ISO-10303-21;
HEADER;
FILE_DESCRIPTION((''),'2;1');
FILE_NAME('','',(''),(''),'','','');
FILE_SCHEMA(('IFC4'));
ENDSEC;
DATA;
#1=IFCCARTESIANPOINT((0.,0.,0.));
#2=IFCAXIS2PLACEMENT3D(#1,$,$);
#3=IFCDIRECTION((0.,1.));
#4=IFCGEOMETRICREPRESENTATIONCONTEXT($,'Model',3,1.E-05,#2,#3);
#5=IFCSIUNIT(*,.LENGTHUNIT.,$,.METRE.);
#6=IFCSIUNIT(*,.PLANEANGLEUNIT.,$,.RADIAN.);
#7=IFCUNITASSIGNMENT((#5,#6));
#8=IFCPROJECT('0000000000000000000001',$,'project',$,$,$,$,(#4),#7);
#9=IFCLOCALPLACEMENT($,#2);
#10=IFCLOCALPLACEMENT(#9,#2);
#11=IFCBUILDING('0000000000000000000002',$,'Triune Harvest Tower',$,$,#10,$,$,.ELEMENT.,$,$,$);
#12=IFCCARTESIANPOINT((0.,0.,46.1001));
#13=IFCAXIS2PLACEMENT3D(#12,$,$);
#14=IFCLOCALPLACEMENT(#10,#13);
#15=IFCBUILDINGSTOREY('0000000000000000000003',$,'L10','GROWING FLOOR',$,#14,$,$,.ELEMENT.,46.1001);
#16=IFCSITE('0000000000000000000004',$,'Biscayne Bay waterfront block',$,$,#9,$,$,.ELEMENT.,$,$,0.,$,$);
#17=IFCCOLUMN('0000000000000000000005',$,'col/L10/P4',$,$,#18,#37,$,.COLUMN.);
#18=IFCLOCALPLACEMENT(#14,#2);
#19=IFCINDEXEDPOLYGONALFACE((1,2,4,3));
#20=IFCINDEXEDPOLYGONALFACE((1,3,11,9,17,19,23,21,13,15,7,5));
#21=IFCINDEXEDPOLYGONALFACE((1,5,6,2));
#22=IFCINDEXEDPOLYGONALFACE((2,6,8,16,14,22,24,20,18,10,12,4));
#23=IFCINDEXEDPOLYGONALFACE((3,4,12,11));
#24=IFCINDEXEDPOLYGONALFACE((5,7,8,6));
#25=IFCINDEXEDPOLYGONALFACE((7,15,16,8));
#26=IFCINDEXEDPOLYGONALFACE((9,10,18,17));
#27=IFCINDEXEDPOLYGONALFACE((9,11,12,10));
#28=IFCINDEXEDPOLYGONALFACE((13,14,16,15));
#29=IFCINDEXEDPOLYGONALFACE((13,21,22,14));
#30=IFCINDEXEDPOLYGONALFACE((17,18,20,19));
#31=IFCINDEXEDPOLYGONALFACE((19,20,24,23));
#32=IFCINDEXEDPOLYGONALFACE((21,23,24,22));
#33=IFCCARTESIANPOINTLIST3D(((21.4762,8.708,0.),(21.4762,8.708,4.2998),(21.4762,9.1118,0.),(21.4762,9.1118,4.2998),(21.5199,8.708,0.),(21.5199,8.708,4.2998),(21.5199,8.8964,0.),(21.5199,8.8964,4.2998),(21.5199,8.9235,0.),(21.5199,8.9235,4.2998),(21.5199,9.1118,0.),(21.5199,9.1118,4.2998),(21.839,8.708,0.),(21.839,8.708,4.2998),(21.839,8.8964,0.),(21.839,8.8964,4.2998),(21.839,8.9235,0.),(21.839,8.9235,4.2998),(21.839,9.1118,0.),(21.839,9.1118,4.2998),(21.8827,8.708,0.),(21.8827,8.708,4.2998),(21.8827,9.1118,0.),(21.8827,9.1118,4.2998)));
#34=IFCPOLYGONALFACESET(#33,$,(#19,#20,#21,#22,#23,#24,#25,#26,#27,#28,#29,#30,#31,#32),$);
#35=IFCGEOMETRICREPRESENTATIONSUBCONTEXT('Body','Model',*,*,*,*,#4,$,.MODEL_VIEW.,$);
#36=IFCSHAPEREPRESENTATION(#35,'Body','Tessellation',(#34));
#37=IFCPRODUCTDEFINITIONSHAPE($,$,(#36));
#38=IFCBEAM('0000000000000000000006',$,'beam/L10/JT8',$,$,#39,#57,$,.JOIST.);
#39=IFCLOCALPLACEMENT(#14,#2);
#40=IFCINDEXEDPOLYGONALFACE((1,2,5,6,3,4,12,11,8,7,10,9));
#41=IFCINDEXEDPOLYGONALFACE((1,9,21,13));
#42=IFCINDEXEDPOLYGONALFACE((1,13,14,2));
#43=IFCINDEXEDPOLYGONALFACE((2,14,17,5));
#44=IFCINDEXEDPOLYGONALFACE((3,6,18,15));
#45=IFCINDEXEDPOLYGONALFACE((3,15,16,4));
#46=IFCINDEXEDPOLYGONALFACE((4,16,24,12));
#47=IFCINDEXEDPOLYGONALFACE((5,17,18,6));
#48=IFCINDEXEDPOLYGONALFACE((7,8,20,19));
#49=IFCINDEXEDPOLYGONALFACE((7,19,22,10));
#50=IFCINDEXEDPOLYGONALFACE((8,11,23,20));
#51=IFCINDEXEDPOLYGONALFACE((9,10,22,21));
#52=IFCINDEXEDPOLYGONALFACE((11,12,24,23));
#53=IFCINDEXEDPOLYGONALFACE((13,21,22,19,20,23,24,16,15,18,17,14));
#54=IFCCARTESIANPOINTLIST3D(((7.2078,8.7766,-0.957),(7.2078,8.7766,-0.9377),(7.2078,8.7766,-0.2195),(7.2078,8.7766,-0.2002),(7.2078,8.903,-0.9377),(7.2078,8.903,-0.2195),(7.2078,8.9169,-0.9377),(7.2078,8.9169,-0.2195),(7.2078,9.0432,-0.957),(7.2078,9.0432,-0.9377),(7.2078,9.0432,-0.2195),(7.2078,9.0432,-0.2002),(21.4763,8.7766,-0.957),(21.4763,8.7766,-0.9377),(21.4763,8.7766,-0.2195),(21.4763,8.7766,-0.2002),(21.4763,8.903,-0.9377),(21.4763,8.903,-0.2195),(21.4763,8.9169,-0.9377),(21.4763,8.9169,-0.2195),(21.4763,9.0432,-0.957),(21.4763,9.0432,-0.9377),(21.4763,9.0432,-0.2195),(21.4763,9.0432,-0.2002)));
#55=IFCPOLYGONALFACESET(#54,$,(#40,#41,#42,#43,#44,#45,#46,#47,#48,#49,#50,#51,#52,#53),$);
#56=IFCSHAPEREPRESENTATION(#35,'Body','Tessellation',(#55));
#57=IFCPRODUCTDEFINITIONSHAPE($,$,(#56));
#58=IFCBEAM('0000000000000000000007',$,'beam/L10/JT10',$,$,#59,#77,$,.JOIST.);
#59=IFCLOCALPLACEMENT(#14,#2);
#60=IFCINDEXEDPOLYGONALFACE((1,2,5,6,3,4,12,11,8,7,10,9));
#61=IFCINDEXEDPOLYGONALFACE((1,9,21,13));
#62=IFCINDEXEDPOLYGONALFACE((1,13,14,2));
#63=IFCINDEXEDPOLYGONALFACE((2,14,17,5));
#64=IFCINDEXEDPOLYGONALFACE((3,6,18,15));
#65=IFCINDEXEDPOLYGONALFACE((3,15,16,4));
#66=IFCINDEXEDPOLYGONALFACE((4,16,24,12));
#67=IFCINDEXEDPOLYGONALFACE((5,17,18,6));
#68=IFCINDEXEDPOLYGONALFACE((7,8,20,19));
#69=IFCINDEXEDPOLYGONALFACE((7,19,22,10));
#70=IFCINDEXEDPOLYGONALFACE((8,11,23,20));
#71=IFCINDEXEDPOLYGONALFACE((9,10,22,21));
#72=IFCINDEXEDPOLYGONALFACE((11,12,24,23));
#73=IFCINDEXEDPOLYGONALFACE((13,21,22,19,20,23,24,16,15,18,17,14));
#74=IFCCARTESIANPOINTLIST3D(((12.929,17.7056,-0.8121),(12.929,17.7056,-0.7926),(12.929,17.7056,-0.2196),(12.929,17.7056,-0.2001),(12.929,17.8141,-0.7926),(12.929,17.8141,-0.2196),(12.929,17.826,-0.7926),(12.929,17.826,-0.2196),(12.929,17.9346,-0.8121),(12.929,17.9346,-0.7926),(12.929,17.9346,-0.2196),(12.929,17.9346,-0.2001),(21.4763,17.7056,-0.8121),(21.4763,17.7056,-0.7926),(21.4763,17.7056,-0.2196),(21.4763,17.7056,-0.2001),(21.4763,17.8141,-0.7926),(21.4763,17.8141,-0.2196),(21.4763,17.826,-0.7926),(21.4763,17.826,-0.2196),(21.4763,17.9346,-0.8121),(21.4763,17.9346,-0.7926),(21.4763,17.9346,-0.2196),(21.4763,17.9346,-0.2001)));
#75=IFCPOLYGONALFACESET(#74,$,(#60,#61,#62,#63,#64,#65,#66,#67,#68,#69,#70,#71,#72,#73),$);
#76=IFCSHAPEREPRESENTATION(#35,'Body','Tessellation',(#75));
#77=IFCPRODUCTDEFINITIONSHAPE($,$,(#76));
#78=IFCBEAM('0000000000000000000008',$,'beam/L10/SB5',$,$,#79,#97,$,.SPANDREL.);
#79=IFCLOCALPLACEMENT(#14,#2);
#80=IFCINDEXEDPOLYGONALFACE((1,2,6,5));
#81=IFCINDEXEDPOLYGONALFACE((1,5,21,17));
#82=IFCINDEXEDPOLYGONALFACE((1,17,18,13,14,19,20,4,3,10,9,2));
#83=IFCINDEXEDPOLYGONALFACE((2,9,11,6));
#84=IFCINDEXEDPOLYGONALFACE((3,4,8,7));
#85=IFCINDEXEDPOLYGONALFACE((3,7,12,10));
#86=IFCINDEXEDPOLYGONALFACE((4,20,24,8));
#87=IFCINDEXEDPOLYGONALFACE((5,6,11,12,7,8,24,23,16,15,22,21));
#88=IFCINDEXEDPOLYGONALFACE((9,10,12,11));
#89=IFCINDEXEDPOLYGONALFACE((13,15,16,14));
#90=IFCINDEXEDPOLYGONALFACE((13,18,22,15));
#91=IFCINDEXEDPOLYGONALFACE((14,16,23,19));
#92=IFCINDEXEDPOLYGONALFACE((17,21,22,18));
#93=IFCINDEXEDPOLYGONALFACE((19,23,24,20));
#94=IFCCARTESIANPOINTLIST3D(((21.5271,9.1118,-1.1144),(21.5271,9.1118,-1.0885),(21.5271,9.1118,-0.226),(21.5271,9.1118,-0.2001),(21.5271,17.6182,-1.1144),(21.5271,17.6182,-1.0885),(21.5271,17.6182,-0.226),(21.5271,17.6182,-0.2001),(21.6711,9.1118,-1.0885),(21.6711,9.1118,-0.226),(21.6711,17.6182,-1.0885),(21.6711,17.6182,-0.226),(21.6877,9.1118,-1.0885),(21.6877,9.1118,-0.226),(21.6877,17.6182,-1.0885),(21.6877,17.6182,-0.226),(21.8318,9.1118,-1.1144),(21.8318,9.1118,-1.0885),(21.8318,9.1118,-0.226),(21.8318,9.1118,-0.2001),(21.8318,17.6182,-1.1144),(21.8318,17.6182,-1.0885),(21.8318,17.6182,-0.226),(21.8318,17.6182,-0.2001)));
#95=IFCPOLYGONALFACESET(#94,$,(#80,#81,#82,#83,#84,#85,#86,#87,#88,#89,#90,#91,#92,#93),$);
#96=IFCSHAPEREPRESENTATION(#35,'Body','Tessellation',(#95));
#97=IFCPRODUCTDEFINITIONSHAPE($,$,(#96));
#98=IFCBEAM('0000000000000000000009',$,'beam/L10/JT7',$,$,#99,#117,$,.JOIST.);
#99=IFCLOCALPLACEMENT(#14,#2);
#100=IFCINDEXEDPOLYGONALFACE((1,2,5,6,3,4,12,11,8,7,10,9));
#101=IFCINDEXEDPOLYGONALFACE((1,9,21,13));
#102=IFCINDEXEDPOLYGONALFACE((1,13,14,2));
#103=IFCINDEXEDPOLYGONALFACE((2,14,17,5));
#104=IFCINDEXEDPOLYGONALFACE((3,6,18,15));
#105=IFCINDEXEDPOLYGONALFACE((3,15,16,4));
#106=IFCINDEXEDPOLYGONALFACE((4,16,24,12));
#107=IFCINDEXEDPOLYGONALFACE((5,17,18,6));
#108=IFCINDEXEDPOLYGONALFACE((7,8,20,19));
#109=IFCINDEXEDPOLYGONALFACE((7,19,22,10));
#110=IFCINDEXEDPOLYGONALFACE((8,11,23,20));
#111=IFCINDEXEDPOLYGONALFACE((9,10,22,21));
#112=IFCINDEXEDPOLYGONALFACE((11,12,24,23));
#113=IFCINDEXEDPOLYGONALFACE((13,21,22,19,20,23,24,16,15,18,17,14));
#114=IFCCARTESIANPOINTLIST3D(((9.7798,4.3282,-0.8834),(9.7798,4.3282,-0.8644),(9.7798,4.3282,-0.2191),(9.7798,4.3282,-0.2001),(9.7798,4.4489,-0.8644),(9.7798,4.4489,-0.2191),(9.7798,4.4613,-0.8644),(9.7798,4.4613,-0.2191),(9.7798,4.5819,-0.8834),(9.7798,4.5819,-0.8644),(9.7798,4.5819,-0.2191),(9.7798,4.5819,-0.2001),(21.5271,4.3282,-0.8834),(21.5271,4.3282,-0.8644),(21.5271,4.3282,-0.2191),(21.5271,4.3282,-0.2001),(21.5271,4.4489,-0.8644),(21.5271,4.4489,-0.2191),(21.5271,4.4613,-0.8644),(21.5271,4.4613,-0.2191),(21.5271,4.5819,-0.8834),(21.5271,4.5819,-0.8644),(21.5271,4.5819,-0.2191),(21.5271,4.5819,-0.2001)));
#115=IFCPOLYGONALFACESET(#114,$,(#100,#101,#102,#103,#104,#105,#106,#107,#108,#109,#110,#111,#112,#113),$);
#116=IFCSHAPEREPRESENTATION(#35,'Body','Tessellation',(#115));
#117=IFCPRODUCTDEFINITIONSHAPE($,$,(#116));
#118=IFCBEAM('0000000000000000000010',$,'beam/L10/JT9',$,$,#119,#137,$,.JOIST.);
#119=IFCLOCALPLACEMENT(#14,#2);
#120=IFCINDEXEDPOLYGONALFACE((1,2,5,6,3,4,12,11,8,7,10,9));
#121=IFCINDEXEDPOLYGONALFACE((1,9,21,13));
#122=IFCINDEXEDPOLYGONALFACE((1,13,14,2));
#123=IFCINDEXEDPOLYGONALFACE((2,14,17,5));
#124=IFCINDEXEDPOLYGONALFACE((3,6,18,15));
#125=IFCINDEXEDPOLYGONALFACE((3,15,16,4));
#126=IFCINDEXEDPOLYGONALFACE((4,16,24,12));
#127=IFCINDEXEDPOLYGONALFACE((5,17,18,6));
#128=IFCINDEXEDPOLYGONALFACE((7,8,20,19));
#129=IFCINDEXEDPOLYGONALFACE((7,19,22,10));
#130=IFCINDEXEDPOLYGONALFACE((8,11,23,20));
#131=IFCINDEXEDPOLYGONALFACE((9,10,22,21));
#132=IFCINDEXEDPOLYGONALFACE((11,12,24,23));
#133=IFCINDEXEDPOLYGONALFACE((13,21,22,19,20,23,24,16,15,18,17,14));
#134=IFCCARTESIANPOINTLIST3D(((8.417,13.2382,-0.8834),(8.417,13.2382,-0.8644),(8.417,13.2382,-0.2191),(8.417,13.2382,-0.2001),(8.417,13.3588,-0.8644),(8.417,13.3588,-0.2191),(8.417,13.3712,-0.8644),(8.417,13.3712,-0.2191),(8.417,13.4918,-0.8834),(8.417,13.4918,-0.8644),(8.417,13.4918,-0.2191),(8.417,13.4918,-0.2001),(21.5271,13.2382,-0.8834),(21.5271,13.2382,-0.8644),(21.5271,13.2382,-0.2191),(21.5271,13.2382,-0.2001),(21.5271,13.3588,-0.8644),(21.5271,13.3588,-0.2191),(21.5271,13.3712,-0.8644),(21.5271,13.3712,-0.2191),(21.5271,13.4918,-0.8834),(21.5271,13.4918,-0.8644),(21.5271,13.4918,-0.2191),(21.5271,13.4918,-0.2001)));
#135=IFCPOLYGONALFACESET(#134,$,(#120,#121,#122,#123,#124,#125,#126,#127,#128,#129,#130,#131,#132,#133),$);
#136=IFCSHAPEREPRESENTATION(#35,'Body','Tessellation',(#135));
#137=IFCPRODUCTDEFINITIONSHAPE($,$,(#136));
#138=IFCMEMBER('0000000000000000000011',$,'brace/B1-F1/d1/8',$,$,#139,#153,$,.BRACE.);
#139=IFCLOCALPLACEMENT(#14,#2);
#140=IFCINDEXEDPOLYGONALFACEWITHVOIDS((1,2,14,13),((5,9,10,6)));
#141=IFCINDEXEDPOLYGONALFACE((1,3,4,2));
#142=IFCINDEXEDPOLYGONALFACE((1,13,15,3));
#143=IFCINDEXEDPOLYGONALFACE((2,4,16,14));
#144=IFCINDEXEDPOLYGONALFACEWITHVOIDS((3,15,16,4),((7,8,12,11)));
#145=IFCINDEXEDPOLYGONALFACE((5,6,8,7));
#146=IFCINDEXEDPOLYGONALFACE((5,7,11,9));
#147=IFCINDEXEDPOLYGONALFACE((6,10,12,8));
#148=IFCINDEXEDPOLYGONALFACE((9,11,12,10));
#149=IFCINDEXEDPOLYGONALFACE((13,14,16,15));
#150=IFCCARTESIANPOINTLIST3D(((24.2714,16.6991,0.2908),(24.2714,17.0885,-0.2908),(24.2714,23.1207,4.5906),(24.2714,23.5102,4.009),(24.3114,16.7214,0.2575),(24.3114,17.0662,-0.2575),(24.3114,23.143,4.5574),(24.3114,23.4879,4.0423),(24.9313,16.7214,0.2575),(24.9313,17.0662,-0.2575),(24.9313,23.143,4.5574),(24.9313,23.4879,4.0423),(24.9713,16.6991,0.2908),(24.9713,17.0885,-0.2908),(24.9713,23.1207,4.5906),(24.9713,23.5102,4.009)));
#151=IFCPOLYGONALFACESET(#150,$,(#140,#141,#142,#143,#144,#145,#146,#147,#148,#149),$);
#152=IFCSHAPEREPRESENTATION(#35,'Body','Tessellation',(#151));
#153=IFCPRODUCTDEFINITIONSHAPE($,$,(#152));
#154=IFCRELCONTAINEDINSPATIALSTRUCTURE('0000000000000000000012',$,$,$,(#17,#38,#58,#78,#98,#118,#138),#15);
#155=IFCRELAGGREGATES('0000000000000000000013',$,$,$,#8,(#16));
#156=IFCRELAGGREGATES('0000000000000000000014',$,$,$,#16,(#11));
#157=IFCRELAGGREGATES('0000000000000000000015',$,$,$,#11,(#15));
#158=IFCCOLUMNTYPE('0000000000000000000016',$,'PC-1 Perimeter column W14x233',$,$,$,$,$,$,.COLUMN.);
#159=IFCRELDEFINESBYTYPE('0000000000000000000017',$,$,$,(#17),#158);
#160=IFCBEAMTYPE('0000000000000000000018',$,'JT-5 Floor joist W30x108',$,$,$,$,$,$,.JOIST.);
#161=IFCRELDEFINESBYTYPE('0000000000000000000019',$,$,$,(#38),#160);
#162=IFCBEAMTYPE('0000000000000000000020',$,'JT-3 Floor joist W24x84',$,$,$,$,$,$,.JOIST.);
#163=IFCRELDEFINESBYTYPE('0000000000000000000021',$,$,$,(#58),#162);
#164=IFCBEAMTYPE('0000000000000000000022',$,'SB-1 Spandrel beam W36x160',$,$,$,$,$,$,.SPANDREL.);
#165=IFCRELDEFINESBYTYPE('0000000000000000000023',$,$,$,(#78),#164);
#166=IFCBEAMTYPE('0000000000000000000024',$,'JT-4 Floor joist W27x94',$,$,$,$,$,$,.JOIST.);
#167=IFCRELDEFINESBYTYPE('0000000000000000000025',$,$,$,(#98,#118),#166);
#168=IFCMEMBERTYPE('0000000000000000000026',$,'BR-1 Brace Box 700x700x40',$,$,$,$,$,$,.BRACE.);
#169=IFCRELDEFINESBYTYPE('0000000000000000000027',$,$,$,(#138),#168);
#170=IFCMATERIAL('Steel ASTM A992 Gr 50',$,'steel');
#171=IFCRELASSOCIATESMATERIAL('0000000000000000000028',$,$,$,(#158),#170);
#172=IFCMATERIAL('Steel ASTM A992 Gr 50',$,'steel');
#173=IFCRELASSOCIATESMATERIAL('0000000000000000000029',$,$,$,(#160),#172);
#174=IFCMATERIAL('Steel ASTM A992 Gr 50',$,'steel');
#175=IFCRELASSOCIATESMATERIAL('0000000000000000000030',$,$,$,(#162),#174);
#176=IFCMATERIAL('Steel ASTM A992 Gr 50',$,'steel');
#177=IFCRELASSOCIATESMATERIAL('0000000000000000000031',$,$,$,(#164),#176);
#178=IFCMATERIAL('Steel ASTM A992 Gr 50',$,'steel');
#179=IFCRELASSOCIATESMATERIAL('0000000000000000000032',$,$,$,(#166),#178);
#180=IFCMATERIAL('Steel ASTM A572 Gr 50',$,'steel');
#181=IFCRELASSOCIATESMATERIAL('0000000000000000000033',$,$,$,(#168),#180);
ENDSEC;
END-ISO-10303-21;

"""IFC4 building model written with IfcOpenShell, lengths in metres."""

from ifc_helpers import new_model, si_unit, direction, frame, origin, origin_2d, place, context, subcontext, project, spatial, hollow_rectangle, i_section, extrude, source, transform, mapped, material, material_profile, profile_set, type_object, element, save


model = new_model("IFC4")

# Units and contexts
model_context = context("Model", 3, precision=1e-05, world=origin(), true_north=direction((0.0, 1.0)))
body_context = subcontext(model_context, "Body", "Model", "MODEL_VIEW")
ifc_project = project(units=[si_unit("LENGTHUNIT", "METRE"), si_unit("PLANEANGLEUNIT", "RADIAN")], contexts=[model_context])

# Site, building, storey
site_placement = place(None, origin())
site = spatial("IfcSite", under=ifc_project, at=site_placement, Name="Biscayne Bay waterfront block", CompositionType="ELEMENT", RefElevation=0.0)
building_placement = place(site_placement, origin())
building = spatial("IfcBuilding", under=site, at=building_placement, Name="Triune Harvest Tower", CompositionType="ELEMENT")
storey_placement = place(building_placement, frame((0.0, 0.0, 46.1001)))
storey = spatial("IfcBuildingStorey", under=building, at=storey_placement, Name="L10", Description="GROWING FLOOR", CompositionType="ELEMENT", Elevation=46.1001)

# Column
ifc_material_1 = material(Name="Steel ASTM A992 Gr 50", Category="steel")
ifc_material_profile_1 = material_profile(ifc_material_1, i_section(OverallWidth=0.4038, OverallDepth=0.4065, WebThickness=0.0271, FlangeThickness=0.0437, at=origin_2d()), Name="W14x233")
ifc_profile_set_1 = profile_set([ifc_material_profile_1], Name="Steel ASTM A992 Gr 50")
column_type = type_object("IfcColumnType", Name="PC-1 Perimeter column W14x233", PredefinedType="COLUMN", material=ifc_profile_set_1)
shared_shape_1 = source(origin(), body_context, "Body", "SweptSolid", [
    extrude(i_section(OverallWidth=0.4038, OverallDepth=0.4065, WebThickness=0.0271, FlangeThickness=0.0437, at=origin_2d()), origin(), (0.0, 0.0, 1.0), 4.2998),
])
column_placement = place(storey_placement, frame((21.6794, 8.9099, 0.0), z_axis=(0.0, 0.0, 1.0), x_axis=(0.0, 1.0, 0.0)))
element("IfcColumn", 1, at=column_placement, inside=storey, type_object=column_type, Name="col/L10/P4", PredefinedType="COLUMN", context=body_context, shape_type="MappedRepresentation", body=[
    mapped(shared_shape_1, transform((0.0, 0.0, 0.0), scale=1.0)),
])

# Beams
ifc_material_2 = material(Name="Steel ASTM A992 Gr 50", Category="steel")
ifc_material_profile_2 = material_profile(ifc_material_2, i_section(OverallWidth=0.2666, OverallDepth=0.7568, WebThickness=0.0139, FlangeThickness=0.0193, at=origin_2d()), Name="W30x108")
ifc_profile_set_2 = profile_set([ifc_material_profile_2], Name="Steel ASTM A992 Gr 50")
beam_type_1 = type_object("IfcBeamType", Name="JT-5 Floor joist W30x108", PredefinedType="JOIST", material=ifc_profile_set_2)
shared_shape_2 = source(origin(), body_context, "Body", "SweptSolid", [
    extrude(i_section(OverallWidth=0.2666, OverallDepth=0.7568, WebThickness=0.0139, FlangeThickness=0.0193, at=origin_2d()), origin(), (0.0, 0.0, 1.0), 14.2686),
])
beam_1_placement = place(storey_placement, frame((21.4763, 8.9099, -0.5786), z_axis=(-1.0, 0.0, 0.0), x_axis=(0.0, -1.0, 0.0)))
element("IfcBeam", 2, at=beam_1_placement, inside=storey, type_object=beam_type_1, Name="beam/L10/JT8", PredefinedType="JOIST", context=body_context, shape_type="MappedRepresentation", body=[
    mapped(shared_shape_2, transform((0.0, 0.0, 0.0), scale=1.0)),
])
ifc_material_3 = material(Name="Steel ASTM A992 Gr 50", Category="steel")
ifc_material_profile_3 = material_profile(ifc_material_3, i_section(OverallWidth=0.229, OverallDepth=0.6121, WebThickness=0.012, FlangeThickness=0.0195, at=origin_2d()), Name="W24x84")
ifc_profile_set_3 = profile_set([ifc_material_profile_3], Name="Steel ASTM A992 Gr 50")
beam_type_2 = type_object("IfcBeamType", Name="JT-3 Floor joist W24x84", PredefinedType="JOIST", material=ifc_profile_set_3)
shared_shape_3 = source(origin(), body_context, "Body", "SweptSolid", [
    extrude(i_section(OverallWidth=0.229, OverallDepth=0.6121, WebThickness=0.012, FlangeThickness=0.0195, at=origin_2d()), origin(), (0.0, 0.0, 1.0), 8.5474),
])
beam_2_placement = place(storey_placement, frame((21.4763, 17.8201, -0.5061), z_axis=(-1.0, 0.0, 0.0), x_axis=(0.0, -1.0, 0.0)))
element("IfcBeam", 3, at=beam_2_placement, inside=storey, type_object=beam_type_2, Name="beam/L10/JT10", PredefinedType="JOIST", context=body_context, shape_type="MappedRepresentation", body=[
    mapped(shared_shape_3, transform((0.0, 0.0, 0.0), scale=1.0)),
])
ifc_material_4 = material(Name="Steel ASTM A992 Gr 50", Category="steel")
ifc_material_profile_4 = material_profile(ifc_material_4, i_section(OverallWidth=0.3047, OverallDepth=0.9143, WebThickness=0.0166, FlangeThickness=0.0259, at=origin_2d()), Name="W36x160")
ifc_profile_set_4 = profile_set([ifc_material_profile_4], Name="Steel ASTM A992 Gr 50")
beam_type_3 = type_object("IfcBeamType", Name="SB-1 Spandrel beam W36x160", PredefinedType="SPANDREL", material=ifc_profile_set_4)
shared_shape_4 = source(origin(), body_context, "Body", "SweptSolid", [
    extrude(i_section(OverallWidth=0.3047, OverallDepth=0.9143, WebThickness=0.0166, FlangeThickness=0.0259, at=origin_2d()), origin(), (0.0, 0.0, 1.0), 8.5063),
])
beam_3_placement = place(storey_placement, frame((21.6794, 9.1118, -0.6572), z_axis=(0.0, 1.0, 0.0), x_axis=(-1.0, 0.0, 0.0)))
element("IfcBeam", 4, at=beam_3_placement, inside=storey, type_object=beam_type_3, Name="beam/L10/SB5", PredefinedType="SPANDREL", context=body_context, shape_type="MappedRepresentation", body=[
    mapped(shared_shape_4, transform((0.0, 0.0, 0.0), scale=1.0)),
])
ifc_material_5 = material(Name="Steel ASTM A992 Gr 50", Category="steel")
ifc_material_profile_5 = material_profile(ifc_material_5, i_section(OverallWidth=0.2537, OverallDepth=0.6833, WebThickness=0.0125, FlangeThickness=0.019, at=origin_2d()), Name="W27x94")
ifc_profile_set_5 = profile_set([ifc_material_profile_5], Name="Steel ASTM A992 Gr 50")
beam_type_4 = type_object("IfcBeamType", Name="JT-4 Floor joist W27x94", PredefinedType="JOIST", material=ifc_profile_set_5)
shared_shape_5 = source(origin(), body_context, "Body", "SweptSolid", [
    extrude(i_section(OverallWidth=0.2537, OverallDepth=0.6833, WebThickness=0.0125, FlangeThickness=0.019, at=origin_2d()), origin(), (0.0, 0.0, 1.0), 11.7473),
])
beam_4_placement = place(storey_placement, frame((21.5271, 4.4551, -0.5417), z_axis=(-1.0, 0.0, 0.0), x_axis=(0.0, -1.0, 0.0)))
element("IfcBeam", 5, at=beam_4_placement, inside=storey, type_object=beam_type_4, Name="beam/L10/JT7", PredefinedType="JOIST", context=body_context, shape_type="MappedRepresentation", body=[
    mapped(shared_shape_5, transform((0.0, 0.0, 0.0), scale=1.0)),
])
shared_shape_6 = source(origin(), body_context, "Body", "SweptSolid", [
    extrude(i_section(OverallWidth=0.2537, OverallDepth=0.6833, WebThickness=0.0125, FlangeThickness=0.019, at=origin_2d()), origin(), (0.0, 0.0, 1.0), 13.1101),
])
beam_5_placement = place(storey_placement, frame((21.5271, 13.365, -0.5417), z_axis=(-1.0, 0.0, 0.0), x_axis=(0.0, -1.0, 0.0)))
element("IfcBeam", 6, at=beam_5_placement, inside=storey, type_object=beam_type_4, Name="beam/L10/JT9", PredefinedType="JOIST", context=body_context, shape_type="MappedRepresentation", body=[
    mapped(shared_shape_6, transform((0.0, 0.0, 0.0), scale=1.0)),
])

# Member
ifc_material_6 = material(Name="Steel ASTM A572 Gr 50", Category="steel")
ifc_material_profile_6 = material_profile(ifc_material_6, hollow_rectangle(XDim=0.7, YDim=0.7, WallThickness=0.04, at=origin_2d()), Name="Box 700x700x40")
ifc_profile_set_6 = profile_set([ifc_material_profile_6], Name="Steel ASTM A572 Gr 50")
member_type_1 = type_object("IfcMemberType", Name="BR-1 Brace Box 700x700x40", PredefinedType="BRACE", material=ifc_profile_set_6)
shared_shape_7 = source(origin(), body_context, "Body", "SweptSolid", [
    extrude(hollow_rectangle(XDim=0.7, YDim=0.7, WallThickness=0.04, at=origin_2d()), origin(), (0.0, 0.0, 1.0), 7.7283),
])
member_1_placement = place(storey_placement, frame((24.6213, 16.8938, 0.0), z_axis=(0.0, 0.830931, 0.556376), x_axis=(-1.0, 0.0, 0.0)))
element("IfcMember", 7, at=member_1_placement, inside=storey, type_object=member_type_1, Name="brace/B1-F1/d1/8", PredefinedType="BRACE", context=body_context, shape_type="MappedRepresentation", body=[
    mapped(shared_shape_7, transform((0.0, 0.0, 0.0), scale=1.0)),
])

save(model, "model.ifc")
